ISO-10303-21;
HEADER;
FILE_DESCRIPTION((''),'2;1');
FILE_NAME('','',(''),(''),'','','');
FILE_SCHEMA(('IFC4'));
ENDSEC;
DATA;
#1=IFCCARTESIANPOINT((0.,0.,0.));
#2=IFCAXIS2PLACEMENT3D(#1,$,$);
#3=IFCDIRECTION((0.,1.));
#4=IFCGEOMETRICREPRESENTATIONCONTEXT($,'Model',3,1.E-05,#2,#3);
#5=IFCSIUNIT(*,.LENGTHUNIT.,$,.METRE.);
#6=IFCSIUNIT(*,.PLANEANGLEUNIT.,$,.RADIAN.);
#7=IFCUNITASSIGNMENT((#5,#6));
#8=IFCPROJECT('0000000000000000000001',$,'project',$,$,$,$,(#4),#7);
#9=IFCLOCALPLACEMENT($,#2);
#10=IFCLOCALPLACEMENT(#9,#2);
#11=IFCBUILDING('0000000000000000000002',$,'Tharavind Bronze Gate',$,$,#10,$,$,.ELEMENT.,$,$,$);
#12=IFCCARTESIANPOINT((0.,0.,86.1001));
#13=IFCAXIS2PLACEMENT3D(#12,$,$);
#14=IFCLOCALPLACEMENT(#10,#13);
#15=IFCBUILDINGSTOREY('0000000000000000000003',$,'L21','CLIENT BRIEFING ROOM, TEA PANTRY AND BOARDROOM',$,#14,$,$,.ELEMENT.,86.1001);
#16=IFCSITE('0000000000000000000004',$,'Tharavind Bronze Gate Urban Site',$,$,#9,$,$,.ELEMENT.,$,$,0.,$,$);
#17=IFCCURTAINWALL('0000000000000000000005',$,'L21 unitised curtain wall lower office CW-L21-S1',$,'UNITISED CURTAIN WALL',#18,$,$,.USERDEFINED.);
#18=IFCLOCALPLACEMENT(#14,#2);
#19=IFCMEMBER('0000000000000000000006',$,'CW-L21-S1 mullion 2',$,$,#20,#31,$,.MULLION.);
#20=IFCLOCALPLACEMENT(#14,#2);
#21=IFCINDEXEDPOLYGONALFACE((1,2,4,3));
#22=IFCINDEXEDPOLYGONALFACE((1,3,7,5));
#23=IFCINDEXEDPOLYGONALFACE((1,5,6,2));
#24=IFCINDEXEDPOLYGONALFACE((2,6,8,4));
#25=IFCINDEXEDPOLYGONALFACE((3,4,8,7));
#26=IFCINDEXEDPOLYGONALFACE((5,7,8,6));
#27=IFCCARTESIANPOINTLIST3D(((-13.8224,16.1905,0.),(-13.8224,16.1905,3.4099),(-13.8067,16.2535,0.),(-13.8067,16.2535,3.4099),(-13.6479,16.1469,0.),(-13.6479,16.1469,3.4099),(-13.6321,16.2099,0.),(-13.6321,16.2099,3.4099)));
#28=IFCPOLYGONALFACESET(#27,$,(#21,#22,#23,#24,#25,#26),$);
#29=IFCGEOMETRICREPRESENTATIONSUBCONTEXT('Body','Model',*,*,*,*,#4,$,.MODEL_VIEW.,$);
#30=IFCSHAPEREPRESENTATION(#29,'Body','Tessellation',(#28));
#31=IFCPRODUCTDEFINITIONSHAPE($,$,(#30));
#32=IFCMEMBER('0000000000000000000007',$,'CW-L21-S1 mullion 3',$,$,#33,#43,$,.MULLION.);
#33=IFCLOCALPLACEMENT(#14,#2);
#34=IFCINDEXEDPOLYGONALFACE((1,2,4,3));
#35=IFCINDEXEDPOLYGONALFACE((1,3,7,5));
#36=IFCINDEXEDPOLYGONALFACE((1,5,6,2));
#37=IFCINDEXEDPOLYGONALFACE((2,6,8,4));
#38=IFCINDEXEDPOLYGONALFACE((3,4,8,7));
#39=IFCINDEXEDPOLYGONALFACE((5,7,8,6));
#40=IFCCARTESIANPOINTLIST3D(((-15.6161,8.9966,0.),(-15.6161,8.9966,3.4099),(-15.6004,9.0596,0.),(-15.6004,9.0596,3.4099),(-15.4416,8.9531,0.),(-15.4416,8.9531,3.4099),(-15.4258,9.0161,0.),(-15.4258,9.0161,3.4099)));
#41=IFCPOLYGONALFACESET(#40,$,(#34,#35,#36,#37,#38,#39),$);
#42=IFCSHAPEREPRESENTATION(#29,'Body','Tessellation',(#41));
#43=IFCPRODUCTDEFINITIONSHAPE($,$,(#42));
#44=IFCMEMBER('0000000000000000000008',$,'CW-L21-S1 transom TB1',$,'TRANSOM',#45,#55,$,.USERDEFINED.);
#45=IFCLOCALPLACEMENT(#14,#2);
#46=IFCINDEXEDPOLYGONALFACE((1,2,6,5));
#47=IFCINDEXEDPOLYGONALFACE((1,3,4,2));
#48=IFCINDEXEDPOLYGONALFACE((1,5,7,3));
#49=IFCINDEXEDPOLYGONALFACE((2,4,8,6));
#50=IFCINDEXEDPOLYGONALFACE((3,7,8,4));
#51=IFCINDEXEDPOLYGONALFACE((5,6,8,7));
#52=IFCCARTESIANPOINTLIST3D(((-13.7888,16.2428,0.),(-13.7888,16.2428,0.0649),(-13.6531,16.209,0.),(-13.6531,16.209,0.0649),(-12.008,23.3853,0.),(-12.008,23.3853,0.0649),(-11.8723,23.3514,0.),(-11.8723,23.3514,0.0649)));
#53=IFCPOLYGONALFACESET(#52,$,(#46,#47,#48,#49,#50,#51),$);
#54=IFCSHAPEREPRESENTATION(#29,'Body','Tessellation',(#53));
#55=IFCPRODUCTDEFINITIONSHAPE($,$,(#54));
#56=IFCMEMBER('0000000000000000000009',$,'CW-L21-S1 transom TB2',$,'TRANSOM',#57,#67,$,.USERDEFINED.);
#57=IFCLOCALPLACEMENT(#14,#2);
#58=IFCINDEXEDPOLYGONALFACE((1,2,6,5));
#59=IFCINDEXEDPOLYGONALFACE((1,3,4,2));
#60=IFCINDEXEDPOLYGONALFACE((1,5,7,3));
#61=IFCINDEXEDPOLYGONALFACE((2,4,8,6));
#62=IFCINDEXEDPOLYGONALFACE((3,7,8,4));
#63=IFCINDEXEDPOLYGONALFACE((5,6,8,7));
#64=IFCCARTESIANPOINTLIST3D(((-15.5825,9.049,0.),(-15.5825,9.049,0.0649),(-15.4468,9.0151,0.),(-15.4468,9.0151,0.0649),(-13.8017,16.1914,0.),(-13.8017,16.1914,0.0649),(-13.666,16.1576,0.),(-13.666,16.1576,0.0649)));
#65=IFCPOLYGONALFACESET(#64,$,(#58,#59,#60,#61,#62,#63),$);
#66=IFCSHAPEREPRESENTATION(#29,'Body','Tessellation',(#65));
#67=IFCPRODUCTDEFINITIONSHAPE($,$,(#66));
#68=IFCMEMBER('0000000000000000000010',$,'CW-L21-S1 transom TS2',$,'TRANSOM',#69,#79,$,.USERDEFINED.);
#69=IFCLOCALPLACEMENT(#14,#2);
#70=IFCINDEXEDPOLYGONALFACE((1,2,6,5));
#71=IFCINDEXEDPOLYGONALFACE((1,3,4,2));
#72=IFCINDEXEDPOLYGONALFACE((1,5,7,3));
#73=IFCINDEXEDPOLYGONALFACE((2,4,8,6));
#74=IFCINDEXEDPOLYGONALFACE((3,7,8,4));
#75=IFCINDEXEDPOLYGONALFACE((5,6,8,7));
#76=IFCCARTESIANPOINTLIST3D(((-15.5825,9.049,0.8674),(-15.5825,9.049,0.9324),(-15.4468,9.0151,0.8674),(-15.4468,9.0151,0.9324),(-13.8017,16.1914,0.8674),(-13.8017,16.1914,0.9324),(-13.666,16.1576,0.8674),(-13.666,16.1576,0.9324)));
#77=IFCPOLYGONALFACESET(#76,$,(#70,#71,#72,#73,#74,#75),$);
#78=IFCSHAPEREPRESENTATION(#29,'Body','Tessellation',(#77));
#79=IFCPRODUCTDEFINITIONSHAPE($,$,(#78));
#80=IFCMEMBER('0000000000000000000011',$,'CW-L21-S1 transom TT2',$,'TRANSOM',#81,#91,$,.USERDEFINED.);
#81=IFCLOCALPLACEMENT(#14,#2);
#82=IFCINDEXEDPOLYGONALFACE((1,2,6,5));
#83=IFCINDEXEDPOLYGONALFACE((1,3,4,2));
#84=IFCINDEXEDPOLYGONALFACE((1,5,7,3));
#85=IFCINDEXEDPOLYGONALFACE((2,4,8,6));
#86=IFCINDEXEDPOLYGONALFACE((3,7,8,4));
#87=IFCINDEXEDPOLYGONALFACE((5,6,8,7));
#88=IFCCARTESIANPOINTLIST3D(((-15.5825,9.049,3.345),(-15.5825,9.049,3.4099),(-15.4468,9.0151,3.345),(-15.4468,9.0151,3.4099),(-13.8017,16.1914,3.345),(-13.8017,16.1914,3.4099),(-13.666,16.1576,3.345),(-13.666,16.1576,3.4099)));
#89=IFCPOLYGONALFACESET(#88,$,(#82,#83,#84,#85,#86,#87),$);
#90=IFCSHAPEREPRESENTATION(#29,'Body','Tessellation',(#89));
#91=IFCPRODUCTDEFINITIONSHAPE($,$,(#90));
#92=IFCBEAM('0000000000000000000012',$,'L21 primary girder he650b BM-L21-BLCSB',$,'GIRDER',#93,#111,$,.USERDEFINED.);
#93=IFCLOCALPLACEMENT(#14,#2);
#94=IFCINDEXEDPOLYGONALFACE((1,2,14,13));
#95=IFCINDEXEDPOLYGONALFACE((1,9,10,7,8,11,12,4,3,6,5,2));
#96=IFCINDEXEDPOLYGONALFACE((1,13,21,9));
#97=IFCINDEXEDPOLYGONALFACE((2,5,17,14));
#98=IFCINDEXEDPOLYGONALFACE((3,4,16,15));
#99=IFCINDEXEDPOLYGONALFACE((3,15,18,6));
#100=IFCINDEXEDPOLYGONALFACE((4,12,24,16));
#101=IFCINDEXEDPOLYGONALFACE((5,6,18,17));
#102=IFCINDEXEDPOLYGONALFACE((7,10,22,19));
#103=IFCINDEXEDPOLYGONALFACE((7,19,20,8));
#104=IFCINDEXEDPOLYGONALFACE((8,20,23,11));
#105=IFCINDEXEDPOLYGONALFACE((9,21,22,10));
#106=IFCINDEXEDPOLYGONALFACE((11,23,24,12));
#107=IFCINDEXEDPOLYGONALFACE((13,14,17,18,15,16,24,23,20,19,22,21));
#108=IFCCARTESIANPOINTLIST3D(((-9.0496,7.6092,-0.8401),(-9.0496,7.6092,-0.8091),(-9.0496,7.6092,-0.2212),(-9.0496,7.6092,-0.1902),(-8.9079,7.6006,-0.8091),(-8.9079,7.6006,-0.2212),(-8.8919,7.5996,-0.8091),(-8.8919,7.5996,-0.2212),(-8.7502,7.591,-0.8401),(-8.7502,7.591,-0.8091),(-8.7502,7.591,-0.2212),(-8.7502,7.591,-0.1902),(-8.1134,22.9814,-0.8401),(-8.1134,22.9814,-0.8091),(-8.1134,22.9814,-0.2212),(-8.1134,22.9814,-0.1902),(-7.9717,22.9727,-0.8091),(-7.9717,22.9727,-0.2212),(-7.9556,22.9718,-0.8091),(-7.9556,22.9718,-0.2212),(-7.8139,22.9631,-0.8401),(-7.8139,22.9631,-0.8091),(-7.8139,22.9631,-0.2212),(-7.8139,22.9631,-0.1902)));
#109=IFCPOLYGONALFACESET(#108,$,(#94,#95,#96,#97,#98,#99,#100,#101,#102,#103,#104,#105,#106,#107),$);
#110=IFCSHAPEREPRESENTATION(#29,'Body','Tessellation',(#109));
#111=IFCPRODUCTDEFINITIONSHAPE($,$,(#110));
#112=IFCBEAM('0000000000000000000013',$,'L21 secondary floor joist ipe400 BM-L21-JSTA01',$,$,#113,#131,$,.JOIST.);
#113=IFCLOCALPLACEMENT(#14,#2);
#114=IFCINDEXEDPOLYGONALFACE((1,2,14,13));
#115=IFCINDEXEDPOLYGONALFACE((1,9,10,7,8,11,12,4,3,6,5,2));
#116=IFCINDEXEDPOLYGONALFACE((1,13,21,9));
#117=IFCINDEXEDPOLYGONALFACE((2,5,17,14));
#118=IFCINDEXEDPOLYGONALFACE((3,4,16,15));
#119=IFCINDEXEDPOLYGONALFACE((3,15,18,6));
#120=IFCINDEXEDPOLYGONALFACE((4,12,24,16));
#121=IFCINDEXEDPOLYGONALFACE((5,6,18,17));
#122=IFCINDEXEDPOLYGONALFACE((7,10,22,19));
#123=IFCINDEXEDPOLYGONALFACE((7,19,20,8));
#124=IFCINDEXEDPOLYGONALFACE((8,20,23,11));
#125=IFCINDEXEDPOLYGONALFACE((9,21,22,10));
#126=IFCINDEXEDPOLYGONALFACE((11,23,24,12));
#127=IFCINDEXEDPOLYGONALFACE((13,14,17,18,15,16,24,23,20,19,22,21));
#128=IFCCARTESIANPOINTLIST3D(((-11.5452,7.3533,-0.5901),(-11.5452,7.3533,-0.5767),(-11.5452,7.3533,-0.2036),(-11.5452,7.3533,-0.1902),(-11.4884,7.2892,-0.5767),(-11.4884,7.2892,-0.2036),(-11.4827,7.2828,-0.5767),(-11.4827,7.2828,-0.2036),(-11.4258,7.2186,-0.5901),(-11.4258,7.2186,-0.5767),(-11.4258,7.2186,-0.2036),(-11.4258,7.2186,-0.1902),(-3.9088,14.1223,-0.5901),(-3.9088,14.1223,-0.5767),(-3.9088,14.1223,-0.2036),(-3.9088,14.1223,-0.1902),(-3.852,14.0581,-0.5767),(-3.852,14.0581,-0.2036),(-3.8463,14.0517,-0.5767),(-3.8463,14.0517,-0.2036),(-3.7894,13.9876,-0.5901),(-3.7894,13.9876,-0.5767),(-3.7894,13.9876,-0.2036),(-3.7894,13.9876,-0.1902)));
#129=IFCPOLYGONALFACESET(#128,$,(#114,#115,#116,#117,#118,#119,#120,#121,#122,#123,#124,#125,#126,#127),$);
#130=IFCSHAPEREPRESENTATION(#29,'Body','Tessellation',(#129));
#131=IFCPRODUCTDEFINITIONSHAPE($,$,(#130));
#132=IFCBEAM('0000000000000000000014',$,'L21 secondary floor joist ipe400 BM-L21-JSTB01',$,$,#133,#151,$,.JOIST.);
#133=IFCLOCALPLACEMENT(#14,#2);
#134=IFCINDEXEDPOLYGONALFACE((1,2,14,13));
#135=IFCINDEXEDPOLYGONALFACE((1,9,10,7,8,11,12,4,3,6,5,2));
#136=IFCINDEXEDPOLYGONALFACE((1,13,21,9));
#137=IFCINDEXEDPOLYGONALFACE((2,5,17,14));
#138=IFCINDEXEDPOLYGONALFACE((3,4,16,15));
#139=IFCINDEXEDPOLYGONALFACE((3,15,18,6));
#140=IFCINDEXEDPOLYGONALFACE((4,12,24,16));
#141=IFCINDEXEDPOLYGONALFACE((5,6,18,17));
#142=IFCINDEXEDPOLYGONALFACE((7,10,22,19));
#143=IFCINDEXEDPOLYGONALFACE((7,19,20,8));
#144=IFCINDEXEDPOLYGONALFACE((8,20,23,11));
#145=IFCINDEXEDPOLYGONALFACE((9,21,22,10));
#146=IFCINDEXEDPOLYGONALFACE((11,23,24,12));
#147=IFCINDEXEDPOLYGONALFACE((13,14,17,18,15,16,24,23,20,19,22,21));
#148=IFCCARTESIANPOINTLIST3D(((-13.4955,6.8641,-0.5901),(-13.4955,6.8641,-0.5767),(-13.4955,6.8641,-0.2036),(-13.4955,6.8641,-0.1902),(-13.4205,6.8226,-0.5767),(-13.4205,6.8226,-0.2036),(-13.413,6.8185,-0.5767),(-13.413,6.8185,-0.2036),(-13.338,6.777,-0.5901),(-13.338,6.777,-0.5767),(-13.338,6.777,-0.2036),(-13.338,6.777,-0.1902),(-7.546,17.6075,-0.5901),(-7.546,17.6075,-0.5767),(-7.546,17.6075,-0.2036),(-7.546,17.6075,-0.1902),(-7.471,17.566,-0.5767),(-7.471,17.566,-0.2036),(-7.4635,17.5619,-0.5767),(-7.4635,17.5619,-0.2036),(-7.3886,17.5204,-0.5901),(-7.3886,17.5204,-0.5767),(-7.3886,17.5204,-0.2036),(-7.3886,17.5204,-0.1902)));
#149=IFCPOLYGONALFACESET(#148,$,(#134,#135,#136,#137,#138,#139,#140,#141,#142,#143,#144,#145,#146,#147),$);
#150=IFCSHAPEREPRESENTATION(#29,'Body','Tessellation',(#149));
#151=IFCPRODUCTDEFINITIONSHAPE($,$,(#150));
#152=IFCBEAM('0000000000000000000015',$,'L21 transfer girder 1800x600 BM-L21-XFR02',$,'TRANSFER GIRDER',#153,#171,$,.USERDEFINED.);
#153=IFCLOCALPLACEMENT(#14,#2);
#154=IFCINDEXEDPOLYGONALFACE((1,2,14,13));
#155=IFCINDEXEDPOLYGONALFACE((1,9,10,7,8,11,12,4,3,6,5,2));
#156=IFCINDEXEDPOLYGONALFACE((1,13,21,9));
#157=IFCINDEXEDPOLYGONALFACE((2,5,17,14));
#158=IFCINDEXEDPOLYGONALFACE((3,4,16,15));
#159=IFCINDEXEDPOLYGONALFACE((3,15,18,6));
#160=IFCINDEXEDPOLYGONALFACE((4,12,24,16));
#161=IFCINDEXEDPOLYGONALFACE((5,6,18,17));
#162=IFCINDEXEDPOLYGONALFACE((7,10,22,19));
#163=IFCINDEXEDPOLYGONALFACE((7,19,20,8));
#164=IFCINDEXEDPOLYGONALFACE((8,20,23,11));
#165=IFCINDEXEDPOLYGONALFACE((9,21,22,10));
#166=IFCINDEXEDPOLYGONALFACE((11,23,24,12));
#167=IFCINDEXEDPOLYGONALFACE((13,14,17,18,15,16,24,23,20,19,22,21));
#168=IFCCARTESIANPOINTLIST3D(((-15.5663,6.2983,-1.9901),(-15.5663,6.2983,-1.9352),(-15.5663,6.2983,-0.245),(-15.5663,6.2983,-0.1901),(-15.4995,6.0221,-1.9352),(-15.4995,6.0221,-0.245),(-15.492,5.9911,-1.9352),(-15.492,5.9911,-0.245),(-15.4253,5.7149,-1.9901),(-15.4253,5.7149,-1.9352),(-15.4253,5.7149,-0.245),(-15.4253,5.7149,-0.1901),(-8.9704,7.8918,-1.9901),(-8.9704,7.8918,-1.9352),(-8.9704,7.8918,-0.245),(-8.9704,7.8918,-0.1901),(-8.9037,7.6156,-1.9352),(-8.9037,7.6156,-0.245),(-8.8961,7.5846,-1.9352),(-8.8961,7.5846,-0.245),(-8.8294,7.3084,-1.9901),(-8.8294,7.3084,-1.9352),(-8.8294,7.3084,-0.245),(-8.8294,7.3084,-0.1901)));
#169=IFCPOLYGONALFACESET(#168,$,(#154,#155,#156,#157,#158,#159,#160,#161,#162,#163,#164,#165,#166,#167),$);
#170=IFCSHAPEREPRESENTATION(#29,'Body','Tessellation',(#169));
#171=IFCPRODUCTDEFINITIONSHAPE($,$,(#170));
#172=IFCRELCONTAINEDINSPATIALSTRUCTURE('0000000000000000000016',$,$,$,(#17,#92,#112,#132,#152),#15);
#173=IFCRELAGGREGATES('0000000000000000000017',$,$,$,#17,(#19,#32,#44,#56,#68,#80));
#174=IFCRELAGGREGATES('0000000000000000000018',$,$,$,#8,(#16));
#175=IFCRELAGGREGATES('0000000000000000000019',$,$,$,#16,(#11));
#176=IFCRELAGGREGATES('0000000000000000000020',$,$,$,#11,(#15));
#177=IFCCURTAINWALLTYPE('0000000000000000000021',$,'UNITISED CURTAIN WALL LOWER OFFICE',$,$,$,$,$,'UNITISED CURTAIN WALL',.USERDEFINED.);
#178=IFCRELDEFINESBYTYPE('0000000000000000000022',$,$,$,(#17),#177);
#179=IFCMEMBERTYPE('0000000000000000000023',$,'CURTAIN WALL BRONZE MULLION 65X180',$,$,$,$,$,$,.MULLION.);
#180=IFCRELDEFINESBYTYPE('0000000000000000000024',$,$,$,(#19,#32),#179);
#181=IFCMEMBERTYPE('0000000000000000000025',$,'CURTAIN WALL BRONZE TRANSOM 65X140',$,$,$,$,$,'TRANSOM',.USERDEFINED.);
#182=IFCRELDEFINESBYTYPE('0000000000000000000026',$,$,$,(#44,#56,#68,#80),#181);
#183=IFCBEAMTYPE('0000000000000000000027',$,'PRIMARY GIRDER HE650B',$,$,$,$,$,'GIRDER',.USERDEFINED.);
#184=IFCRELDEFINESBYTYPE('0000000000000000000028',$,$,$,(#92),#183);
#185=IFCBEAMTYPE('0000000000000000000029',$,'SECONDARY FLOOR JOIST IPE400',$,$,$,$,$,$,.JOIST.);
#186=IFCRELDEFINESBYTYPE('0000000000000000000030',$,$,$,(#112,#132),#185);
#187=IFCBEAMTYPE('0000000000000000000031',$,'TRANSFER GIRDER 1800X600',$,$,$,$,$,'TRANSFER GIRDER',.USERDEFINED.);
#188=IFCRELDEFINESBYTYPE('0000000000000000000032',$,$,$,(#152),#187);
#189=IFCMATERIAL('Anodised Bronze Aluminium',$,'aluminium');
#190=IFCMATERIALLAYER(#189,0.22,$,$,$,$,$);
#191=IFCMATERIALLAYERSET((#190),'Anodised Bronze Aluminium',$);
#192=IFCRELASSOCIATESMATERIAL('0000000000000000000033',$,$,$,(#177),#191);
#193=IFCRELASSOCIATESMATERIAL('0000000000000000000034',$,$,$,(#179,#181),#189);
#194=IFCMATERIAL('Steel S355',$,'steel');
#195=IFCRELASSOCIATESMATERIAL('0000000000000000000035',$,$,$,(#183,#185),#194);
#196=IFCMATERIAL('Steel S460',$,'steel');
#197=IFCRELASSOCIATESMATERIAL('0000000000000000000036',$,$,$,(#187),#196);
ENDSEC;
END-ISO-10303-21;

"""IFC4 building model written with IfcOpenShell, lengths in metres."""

from ifc_helpers import new_model, si_unit, direction, frame, origin, origin_2d, place, context, subcontext, project, spatial, rectangle, i_section, extrude, material, layer, layer_set, material_profile, profile_set, type_object, element, aggregate, save


model = new_model("IFC4")

# Units and contexts
model_context = context("Model", 3, precision=1e-05, world=origin(), true_north=direction((0.0, 1.0)))
body_context = subcontext(model_context, "Body", "Model", "MODEL_VIEW")
ifc_project = project(units=[si_unit("LENGTHUNIT", "METRE"), si_unit("PLANEANGLEUNIT", "RADIAN")], contexts=[model_context])

# Site, building, storey
site_placement = place(None, origin())
site = spatial("IfcSite", under=ifc_project, at=site_placement, Name="Tharavind Bronze Gate Urban Site", CompositionType="ELEMENT", RefElevation=0.0)
building_placement = place(site_placement, origin())
building = spatial("IfcBuilding", under=site, at=building_placement, Name="Tharavind Bronze Gate", CompositionType="ELEMENT")
storey_placement = place(building_placement, frame((0.0, 0.0, 86.1001)))
storey = spatial("IfcBuildingStorey", under=building, at=storey_placement, Name="L21", Description="CLIENT BRIEFING ROOM, TEA PANTRY AND BOARDROOM", CompositionType="ELEMENT", Elevation=86.1001)

# Curtain wall, members
ifc_material_1 = material(Name="Anodised Bronze Aluminium", Category="aluminium")
ifc_layer_1 = layer(ifc_material_1, 0.22)
ifc_layer_set_1 = layer_set([ifc_layer_1], Name="Anodised Bronze Aluminium")
curtain_wall_type = type_object("IfcCurtainWallType", Name="UNITISED CURTAIN WALL LOWER OFFICE", ElementType="UNITISED CURTAIN WALL", PredefinedType="USERDEFINED", material=ifc_layer_set_1)
curtain_wall_placement = place(storey_placement, origin())
curtain_wall = element("IfcCurtainWall", 1, at=curtain_wall_placement, inside=storey, type_object=curtain_wall_type, Name="L21 unitised curtain wall lower office CW-L21-S1", ObjectType="UNITISED CURTAIN WALL", PredefinedType="USERDEFINED")
member_type_1 = type_object("IfcMemberType", Name="CURTAIN WALL BRONZE MULLION 65X180", PredefinedType="MULLION", material=ifc_material_1)
member_1_placement = place(storey_placement, frame((-13.7273, 16.2002, 0.0), z_axis=(0.0, 0.0, 1.0), x_axis=(-0.241922, -0.970296, 0.0)))
member_1 = element("IfcMember", 2, at=member_1_placement, type_object=member_type_1, Name="CW-L21-S1 mullion 2", PredefinedType="MULLION", context=body_context, shape_type="SweptSolid", body=[
    extrude(rectangle(XDim=0.0649, YDim=0.1799, at=origin_2d()), origin(), (0.0, 0.0, 1.0), 3.4099),
])
member_2_placement = place(storey_placement, frame((-15.521, 9.0063, 0.0), z_axis=(0.0, 0.0, 1.0), x_axis=(-0.241922, -0.970296, 0.0)))
member_2 = element("IfcMember", 3, at=member_2_placement, type_object=member_type_1, Name="CW-L21-S1 mullion 3", PredefinedType="MULLION", context=body_context, shape_type="SweptSolid", body=[
    extrude(rectangle(XDim=0.0649, YDim=0.1799, at=origin_2d()), origin(), (0.0, 0.0, 1.0), 3.4099),
])
member_type_2 = type_object("IfcMemberType", Name="CURTAIN WALL BRONZE TRANSOM 65X140", ElementType="TRANSOM", PredefinedType="USERDEFINED", material=ifc_material_1)
member_3_placement = place(storey_placement, frame((-12.8306, 19.7971, 0.0), z_axis=(0.0, 0.0, 1.0), x_axis=(-0.241922, -0.970296, 0.0)))
member_3 = element("IfcMember", 4, at=member_3_placement, type_object=member_type_2, Name="CW-L21-S1 transom TB1", ObjectType="TRANSOM", PredefinedType="USERDEFINED", context=body_context, shape_type="SweptSolid", body=[
    extrude(rectangle(XDim=7.3611, YDim=0.1399, at=origin_2d()), origin(), (0.0, 0.0, 1.0), 0.0649),
])
member_4_placement = place(storey_placement, frame((-14.6243, 12.6033, 0.0), z_axis=(0.0, 0.0, 1.0), x_axis=(-0.241922, -0.970296, 0.0)))
member_4 = element("IfcMember", 5, at=member_4_placement, type_object=member_type_2, Name="CW-L21-S1 transom TB2", ObjectType="TRANSOM", PredefinedType="USERDEFINED", context=body_context, shape_type="SweptSolid", body=[
    extrude(rectangle(XDim=7.3611, YDim=0.1399, at=origin_2d()), origin(), (0.0, 0.0, 1.0), 0.0649),
])
member_5_placement = place(storey_placement, frame((-14.6243, 12.6033, 0.8674), z_axis=(0.0, 0.0, 1.0), x_axis=(-0.241922, -0.970296, 0.0)))
member_5 = element("IfcMember", 6, at=member_5_placement, type_object=member_type_2, Name="CW-L21-S1 transom TS2", ObjectType="TRANSOM", PredefinedType="USERDEFINED", context=body_context, shape_type="SweptSolid", body=[
    extrude(rectangle(XDim=7.3611, YDim=0.1399, at=origin_2d()), origin(), (0.0, 0.0, 1.0), 0.0649),
])
member_6_placement = place(storey_placement, frame((-14.6243, 12.6033, 3.345), z_axis=(0.0, 0.0, 1.0), x_axis=(-0.241922, -0.970296, 0.0)))
member_6 = element("IfcMember", 7, at=member_6_placement, type_object=member_type_2, Name="CW-L21-S1 transom TT2", ObjectType="TRANSOM", PredefinedType="USERDEFINED", context=body_context, shape_type="SweptSolid", body=[
    extrude(rectangle(XDim=7.3611, YDim=0.1399, at=origin_2d()), origin(), (0.0, 0.0, 1.0), 0.0649),
])

# Beams
ifc_material_2 = material(Name="Steel S355", Category="steel")
ifc_material_profile_1 = material_profile(ifc_material_2, i_section(OverallWidth=0.3, OverallDepth=0.6499, WebThickness=0.0161, FlangeThickness=0.031, at=origin_2d()), Name="HE650B")
ifc_profile_set_1 = profile_set([ifc_material_profile_1], Name="Steel S355")
beam_type_1 = type_object("IfcBeamType", Name="PRIMARY GIRDER HE650B", ElementType="GIRDER", PredefinedType="USERDEFINED", material=ifc_profile_set_1)
beam_1_placement = place(storey_placement, frame((-8.8999, 7.6001, -0.5151), z_axis=(0.060795, 0.99815, 0.0), x_axis=(-0.99815, 0.060795, 0.0)))
element("IfcBeam", 8, at=beam_1_placement, inside=storey, type_object=beam_type_1, Name="L21 primary girder he650b BM-L21-BLCSB", ObjectType="GIRDER", PredefinedType="USERDEFINED", context=body_context, shape_type="SweptSolid", body=[
    extrude(i_section(OverallWidth=0.3, OverallDepth=0.6499, WebThickness=0.0161, FlangeThickness=0.031, at=origin_2d()), origin(), (0.0, 0.0, 1.0), 15.4006),
])
ifc_material_profile_2 = material_profile(ifc_material_2, i_section(OverallWidth=0.1799, OverallDepth=0.3999, WebThickness=0.0085, FlangeThickness=0.0134, at=origin_2d()), Name="IPE400")
ifc_profile_set_2 = profile_set([ifc_material_profile_2], Name="Steel S355")
beam_type_2 = type_object("IfcBeamType", Name="SECONDARY FLOOR JOIST IPE400", PredefinedType="JOIST", material=ifc_profile_set_2)
beam_2_placement = place(storey_placement, frame((-3.8491, 14.0549, -0.3901), z_axis=(-0.74833, -0.663327, 0.0), x_axis=(0.663327, -0.74833, 0.0)))
element("IfcBeam", 9, at=beam_2_placement, inside=storey, type_object=beam_type_2, Name="L21 secondary floor joist ipe400 BM-L21-JSTA01", PredefinedType="JOIST", context=body_context, shape_type="SweptSolid", body=[
    extrude(i_section(OverallWidth=0.1799, OverallDepth=0.3999, WebThickness=0.0085, FlangeThickness=0.0134, at=origin_2d()), origin(), (0.0, 0.0, 1.0), 10.2046),
])
beam_3_placement = place(storey_placement, frame((-7.4673, 17.564, -0.3901), z_axis=(-0.484454, -0.874817, 0.0), x_axis=(0.874817, -0.484454, 0.0)))
element("IfcBeam", 10, at=beam_3_placement, inside=storey, type_object=beam_type_2, Name="L21 secondary floor joist ipe400 BM-L21-JSTB01", PredefinedType="JOIST", context=body_context, shape_type="SweptSolid", body=[
    extrude(i_section(OverallWidth=0.1799, OverallDepth=0.3999, WebThickness=0.0085, FlangeThickness=0.0134, at=origin_2d()), origin(), (0.0, 0.0, 1.0), 12.2808),
])
ifc_material_3 = material(Name="Steel S460", Category="steel")
ifc_material_profile_3 = material_profile(ifc_material_3, i_section(OverallWidth=0.6001, OverallDepth=1.8, WebThickness=0.032, FlangeThickness=0.0549, at=origin_2d()), Name="PG1800X600")
ifc_profile_set_3 = profile_set([ifc_material_profile_3], Name="Steel S460")
beam_type_3 = type_object("IfcBeamType", Name="TRANSFER GIRDER 1800X600", ElementType="TRANSFER GIRDER", PredefinedType="USERDEFINED", material=ifc_profile_set_3)
beam_4_placement = place(storey_placement, frame((-8.8999, 7.6001, -1.0901), z_axis=(-0.972036, -0.234833, 0.0), x_axis=(0.234833, -0.972036, 0.0)))
element("IfcBeam", 11, at=beam_4_placement, inside=storey, type_object=beam_type_3, Name="L21 transfer girder 1800x600 BM-L21-XFR02", ObjectType="TRANSFER GIRDER", PredefinedType="USERDEFINED", context=body_context, shape_type="SweptSolid", body=[
    extrude(i_section(OverallWidth=0.6001, OverallDepth=1.8, WebThickness=0.032, FlangeThickness=0.0549, at=origin_2d()), origin(), (0.0, 0.0, 1.0), 6.7856),
])

aggregate(curtain_wall, [member_1, member_2, member_3, member_4, member_5, member_6])

save(model, "model.ifc")
